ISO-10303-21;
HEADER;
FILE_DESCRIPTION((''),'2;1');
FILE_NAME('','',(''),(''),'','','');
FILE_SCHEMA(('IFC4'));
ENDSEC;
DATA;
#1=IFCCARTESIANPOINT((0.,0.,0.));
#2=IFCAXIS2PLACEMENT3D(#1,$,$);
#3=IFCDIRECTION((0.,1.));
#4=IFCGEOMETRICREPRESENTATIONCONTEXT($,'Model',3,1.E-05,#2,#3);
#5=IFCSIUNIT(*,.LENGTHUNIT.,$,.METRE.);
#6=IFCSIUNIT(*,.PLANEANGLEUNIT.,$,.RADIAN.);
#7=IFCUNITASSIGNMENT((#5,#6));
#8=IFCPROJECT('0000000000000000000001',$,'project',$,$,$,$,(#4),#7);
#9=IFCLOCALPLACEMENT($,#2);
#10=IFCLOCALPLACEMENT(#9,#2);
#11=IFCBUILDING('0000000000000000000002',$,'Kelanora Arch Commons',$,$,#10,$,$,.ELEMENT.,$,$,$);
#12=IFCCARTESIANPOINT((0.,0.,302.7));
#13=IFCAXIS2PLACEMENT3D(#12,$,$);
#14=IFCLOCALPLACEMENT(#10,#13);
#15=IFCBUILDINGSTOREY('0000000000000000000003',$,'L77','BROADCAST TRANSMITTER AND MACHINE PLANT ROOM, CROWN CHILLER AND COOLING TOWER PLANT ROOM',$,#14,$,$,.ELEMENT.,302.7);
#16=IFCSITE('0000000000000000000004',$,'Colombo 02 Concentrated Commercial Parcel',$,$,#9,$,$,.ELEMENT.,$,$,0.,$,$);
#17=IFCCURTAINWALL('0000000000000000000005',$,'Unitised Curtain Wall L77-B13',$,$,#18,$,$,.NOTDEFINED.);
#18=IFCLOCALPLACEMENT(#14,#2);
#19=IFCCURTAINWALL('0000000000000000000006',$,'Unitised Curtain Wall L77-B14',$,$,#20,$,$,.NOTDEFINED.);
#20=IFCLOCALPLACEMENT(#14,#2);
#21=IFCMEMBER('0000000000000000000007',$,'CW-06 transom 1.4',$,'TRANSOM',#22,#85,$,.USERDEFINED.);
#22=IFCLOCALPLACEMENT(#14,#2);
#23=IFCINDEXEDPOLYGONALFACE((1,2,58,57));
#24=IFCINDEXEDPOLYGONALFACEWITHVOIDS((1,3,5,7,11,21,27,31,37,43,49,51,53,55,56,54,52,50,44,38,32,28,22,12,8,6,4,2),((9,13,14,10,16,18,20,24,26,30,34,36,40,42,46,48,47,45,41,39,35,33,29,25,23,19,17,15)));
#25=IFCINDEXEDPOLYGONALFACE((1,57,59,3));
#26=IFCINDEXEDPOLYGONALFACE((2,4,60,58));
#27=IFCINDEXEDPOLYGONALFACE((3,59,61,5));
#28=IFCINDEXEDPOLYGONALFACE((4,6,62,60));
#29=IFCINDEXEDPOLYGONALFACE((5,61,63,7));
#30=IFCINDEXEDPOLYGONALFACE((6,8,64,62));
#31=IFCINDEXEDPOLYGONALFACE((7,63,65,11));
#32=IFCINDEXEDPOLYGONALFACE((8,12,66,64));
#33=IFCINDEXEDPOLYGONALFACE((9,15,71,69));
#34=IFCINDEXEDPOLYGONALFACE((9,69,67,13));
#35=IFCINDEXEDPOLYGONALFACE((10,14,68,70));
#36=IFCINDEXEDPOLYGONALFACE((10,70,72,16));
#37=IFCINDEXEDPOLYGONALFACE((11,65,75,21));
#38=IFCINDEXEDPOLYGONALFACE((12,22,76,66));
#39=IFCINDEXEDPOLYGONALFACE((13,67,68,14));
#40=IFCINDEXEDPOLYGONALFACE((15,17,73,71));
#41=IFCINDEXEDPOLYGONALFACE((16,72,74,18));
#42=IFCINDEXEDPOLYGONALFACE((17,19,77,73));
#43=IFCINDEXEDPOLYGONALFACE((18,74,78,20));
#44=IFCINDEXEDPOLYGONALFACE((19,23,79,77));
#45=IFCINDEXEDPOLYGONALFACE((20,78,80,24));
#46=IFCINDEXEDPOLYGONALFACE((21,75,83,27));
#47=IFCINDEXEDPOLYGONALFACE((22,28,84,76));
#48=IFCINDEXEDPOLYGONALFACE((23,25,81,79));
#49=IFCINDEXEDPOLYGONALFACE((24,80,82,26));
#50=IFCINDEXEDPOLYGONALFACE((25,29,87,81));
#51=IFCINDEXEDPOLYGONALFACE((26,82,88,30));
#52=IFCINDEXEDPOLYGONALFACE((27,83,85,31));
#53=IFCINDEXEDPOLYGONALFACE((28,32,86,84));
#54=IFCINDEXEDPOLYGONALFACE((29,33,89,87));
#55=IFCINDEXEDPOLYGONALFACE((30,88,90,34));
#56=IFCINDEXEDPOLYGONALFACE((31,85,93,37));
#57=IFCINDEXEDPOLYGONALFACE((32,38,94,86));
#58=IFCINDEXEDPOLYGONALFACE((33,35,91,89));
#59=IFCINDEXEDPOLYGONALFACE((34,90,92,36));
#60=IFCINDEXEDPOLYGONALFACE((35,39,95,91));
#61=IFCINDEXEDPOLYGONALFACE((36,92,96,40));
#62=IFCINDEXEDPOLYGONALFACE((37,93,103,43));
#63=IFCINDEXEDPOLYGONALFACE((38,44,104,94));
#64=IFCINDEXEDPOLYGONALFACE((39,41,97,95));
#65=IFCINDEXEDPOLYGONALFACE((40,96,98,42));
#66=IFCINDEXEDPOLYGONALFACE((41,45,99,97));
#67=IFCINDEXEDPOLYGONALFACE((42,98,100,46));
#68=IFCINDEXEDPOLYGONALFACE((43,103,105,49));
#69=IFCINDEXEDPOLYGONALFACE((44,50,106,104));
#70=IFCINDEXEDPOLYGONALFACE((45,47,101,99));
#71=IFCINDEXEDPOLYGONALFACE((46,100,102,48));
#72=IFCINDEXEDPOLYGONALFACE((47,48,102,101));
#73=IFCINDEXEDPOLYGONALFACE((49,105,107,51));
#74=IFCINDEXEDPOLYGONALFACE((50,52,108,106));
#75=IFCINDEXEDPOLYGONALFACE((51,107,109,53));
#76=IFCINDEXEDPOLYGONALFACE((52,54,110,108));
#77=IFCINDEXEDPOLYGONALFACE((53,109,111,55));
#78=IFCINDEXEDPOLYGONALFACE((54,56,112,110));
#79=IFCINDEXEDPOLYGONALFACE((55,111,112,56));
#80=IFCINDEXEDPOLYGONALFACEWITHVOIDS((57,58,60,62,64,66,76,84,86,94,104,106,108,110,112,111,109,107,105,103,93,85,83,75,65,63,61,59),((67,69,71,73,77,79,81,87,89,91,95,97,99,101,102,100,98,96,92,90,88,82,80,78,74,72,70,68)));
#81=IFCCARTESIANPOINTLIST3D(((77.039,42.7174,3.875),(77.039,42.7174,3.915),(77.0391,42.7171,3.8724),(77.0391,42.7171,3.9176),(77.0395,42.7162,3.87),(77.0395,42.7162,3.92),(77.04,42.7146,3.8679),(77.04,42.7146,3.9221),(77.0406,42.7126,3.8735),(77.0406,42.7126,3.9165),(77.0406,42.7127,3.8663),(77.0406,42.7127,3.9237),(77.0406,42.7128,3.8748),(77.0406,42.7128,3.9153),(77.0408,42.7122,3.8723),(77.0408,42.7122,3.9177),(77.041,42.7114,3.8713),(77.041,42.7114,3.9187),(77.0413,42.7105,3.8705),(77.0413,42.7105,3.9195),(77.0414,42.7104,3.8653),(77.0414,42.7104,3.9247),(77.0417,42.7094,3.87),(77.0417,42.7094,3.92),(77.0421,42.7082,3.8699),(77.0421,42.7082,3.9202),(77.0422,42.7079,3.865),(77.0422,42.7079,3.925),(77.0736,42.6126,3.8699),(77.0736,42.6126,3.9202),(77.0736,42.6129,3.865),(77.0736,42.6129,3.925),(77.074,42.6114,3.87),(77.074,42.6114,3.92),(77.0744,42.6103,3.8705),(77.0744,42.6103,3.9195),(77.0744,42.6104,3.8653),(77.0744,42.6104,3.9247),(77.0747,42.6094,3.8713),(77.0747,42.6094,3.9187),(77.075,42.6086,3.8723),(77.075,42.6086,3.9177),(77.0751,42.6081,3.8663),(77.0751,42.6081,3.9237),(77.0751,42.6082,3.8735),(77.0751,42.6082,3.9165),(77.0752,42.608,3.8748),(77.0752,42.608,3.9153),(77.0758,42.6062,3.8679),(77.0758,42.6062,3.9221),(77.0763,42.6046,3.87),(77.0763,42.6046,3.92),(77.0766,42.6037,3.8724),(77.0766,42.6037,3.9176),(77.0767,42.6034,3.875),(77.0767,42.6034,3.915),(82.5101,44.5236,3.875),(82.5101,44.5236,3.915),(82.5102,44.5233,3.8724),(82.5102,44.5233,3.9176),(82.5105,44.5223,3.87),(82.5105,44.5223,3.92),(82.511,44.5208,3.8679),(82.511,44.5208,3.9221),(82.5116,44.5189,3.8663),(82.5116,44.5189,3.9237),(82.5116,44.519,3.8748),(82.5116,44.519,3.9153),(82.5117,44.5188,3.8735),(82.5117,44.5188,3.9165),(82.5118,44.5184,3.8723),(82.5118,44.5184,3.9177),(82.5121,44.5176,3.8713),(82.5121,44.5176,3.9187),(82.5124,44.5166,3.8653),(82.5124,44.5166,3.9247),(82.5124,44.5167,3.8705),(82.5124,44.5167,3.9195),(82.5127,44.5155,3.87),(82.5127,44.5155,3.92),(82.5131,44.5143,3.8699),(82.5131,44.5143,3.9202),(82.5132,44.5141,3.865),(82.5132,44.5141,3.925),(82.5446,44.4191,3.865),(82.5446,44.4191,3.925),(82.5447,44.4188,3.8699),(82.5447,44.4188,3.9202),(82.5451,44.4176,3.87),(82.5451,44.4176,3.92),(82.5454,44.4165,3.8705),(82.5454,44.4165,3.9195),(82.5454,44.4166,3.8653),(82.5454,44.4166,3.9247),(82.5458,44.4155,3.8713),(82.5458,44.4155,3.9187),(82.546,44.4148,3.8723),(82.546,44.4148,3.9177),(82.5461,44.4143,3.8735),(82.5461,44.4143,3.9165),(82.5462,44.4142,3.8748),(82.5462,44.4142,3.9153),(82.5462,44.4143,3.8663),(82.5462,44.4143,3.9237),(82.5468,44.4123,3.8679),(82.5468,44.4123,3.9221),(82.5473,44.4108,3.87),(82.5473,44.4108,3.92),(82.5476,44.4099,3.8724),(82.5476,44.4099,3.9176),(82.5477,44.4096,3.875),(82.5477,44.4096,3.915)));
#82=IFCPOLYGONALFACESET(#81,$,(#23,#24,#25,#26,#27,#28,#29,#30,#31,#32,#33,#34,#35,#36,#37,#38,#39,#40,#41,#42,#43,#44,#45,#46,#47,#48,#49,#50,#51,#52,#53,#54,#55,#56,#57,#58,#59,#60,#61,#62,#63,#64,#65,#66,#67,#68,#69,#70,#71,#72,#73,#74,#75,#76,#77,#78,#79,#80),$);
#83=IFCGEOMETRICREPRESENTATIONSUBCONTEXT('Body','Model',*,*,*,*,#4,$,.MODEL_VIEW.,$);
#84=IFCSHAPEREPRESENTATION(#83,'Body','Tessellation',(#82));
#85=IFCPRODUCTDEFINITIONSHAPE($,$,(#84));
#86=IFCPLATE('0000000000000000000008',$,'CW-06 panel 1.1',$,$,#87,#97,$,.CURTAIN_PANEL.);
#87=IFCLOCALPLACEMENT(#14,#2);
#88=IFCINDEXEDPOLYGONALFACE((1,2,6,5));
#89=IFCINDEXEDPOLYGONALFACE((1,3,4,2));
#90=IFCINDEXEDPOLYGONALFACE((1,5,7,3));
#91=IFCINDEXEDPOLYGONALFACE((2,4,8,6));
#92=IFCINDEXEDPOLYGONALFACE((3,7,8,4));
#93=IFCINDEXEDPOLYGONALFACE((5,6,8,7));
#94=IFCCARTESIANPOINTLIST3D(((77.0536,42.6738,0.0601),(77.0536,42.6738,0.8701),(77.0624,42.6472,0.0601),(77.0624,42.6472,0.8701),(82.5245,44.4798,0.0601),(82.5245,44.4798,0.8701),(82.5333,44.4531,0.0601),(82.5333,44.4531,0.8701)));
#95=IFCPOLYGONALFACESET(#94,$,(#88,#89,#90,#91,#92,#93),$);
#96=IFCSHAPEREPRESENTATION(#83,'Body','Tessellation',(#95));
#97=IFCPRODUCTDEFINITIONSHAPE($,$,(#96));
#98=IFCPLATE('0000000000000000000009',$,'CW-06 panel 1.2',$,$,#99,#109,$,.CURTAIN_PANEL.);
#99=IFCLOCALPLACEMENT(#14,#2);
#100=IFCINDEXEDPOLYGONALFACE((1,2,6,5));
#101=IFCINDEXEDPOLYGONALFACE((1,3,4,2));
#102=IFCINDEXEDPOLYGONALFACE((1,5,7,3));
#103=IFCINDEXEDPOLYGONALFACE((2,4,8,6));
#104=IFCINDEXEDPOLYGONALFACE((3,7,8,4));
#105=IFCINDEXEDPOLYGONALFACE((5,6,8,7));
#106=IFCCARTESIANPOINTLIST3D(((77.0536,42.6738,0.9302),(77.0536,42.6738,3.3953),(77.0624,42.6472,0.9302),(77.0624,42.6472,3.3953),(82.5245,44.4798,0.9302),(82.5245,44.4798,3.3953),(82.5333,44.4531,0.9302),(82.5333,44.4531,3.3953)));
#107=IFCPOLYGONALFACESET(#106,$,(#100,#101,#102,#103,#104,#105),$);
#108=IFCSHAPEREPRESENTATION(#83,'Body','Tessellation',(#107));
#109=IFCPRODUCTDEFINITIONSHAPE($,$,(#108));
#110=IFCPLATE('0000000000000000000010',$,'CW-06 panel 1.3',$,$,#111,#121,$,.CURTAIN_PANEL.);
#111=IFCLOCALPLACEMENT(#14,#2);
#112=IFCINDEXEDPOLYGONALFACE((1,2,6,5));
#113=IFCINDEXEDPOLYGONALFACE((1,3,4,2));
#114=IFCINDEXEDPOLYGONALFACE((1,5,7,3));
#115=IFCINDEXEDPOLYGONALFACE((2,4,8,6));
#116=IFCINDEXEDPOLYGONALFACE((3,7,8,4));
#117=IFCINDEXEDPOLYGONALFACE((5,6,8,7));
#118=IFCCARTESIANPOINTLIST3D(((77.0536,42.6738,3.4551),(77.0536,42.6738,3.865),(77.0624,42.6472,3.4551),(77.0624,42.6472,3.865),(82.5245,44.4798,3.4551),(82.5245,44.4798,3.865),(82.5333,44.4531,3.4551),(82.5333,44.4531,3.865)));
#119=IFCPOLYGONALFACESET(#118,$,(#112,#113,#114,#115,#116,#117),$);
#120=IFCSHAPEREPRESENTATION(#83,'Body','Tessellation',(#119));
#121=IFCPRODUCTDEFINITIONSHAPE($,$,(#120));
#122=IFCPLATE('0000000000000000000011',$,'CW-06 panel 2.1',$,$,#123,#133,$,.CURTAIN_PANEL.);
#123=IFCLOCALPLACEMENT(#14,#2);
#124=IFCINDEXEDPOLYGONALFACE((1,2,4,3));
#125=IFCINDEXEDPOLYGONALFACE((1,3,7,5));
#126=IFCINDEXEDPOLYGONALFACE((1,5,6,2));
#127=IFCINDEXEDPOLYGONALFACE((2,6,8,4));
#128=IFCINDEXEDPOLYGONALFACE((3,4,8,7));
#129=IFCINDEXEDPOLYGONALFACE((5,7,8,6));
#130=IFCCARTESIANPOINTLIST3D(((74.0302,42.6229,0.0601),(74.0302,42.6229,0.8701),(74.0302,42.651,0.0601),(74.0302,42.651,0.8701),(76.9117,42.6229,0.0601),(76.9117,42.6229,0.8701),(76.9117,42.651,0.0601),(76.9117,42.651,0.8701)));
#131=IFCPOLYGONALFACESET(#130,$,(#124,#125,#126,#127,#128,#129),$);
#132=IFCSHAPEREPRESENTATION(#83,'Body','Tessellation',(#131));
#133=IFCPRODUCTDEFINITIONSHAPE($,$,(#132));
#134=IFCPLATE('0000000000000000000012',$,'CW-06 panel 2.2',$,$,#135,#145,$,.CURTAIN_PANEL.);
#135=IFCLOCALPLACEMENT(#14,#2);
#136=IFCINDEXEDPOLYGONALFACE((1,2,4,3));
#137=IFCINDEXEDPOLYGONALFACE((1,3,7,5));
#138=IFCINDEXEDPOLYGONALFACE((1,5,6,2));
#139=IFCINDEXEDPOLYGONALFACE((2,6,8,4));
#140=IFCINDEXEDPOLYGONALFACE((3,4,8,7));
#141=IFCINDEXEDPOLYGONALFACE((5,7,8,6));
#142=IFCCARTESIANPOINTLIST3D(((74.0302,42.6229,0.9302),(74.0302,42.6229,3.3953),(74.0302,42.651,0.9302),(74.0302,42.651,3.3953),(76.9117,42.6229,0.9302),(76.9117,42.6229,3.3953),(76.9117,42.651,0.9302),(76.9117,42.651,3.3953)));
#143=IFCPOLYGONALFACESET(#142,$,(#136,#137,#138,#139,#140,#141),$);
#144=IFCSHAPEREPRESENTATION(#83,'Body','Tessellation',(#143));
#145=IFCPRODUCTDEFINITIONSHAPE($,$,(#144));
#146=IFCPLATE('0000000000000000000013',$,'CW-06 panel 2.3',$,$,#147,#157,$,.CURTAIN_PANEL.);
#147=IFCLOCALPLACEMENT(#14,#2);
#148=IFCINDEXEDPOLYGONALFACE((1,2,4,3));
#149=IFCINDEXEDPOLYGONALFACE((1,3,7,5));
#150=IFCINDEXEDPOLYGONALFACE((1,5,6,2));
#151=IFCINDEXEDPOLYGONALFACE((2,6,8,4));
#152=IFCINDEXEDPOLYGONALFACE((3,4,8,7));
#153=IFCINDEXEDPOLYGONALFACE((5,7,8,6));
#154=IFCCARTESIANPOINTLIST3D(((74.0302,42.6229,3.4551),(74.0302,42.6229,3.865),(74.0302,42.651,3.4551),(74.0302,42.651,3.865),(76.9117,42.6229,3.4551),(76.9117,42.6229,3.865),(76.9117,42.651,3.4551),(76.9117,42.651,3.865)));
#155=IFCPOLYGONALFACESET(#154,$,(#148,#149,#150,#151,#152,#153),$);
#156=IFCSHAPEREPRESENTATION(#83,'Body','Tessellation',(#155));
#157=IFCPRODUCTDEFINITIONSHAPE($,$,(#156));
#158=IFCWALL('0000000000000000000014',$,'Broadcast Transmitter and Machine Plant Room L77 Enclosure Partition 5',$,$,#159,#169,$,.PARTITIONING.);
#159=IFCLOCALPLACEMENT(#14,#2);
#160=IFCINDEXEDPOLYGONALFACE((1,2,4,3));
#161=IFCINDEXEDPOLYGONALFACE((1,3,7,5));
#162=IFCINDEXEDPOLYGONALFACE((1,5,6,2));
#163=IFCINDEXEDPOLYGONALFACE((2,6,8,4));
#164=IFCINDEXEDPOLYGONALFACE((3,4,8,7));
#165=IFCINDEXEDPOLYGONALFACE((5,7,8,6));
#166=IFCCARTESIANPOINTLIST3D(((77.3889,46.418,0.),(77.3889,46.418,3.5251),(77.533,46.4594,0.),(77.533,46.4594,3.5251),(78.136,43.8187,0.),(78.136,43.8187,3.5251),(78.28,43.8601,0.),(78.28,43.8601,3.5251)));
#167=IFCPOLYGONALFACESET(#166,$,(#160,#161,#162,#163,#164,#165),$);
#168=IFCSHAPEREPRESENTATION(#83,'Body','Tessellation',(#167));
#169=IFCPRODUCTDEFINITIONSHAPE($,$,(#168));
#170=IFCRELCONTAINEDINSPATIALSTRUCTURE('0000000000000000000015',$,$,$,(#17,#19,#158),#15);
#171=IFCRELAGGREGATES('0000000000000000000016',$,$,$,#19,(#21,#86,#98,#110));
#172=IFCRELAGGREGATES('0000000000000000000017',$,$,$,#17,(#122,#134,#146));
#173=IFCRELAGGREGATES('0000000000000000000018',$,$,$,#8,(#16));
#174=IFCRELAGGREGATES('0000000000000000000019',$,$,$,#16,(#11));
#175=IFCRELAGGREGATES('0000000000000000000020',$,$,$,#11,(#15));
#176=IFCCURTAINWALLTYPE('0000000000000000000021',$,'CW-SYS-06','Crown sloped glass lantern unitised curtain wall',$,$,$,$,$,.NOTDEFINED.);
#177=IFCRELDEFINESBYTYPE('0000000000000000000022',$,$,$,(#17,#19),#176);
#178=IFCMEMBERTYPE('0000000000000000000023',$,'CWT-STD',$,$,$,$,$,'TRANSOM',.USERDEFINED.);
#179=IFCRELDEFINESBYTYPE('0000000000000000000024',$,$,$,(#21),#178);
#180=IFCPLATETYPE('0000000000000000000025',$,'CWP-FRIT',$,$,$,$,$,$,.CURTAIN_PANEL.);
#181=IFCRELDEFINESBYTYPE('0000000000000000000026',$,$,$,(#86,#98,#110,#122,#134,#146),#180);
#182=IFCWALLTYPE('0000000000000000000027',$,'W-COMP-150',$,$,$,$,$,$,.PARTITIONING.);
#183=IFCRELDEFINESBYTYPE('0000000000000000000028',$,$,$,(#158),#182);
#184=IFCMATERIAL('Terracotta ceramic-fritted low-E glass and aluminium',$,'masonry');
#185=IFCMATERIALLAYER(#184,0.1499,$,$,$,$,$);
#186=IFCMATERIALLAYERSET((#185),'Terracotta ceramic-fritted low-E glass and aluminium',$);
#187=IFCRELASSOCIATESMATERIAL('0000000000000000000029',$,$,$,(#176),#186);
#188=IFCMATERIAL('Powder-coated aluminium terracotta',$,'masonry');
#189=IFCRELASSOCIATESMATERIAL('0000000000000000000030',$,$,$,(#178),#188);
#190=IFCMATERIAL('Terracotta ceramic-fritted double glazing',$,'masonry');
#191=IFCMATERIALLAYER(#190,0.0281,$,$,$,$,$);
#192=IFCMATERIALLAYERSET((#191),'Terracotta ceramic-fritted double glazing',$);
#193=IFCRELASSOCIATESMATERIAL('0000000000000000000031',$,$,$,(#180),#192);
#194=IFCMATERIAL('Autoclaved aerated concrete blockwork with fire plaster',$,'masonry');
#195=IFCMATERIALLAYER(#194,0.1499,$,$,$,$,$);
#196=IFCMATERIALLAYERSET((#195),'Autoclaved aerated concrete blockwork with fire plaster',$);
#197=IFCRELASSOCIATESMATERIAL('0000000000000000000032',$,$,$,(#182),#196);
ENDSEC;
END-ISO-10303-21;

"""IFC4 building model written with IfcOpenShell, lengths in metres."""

from ifc_helpers import new_model, si_unit, direction, frame, frame_2d, origin, origin_2d, place, context, subcontext, project, spatial, rectangle, hollow_rectangle, extrude, source, transform, mapped, material, layer, layer_set, material_profile, profile_set, type_object, element, aggregate, save


model = new_model("IFC4")

# Units and contexts
model_context = context("Model", 3, precision=1e-05, world=origin(), true_north=direction((0.0, 1.0)))
body_context = subcontext(model_context, "Body", "Model", "MODEL_VIEW")
ifc_project = project(units=[si_unit("LENGTHUNIT", "METRE"), si_unit("PLANEANGLEUNIT", "RADIAN")], contexts=[model_context])

# Site, building, storey
site_placement = place(None, origin())
site = spatial("IfcSite", under=ifc_project, at=site_placement, Name="Colombo 02 Concentrated Commercial Parcel", CompositionType="ELEMENT", RefElevation=0.0)
building_placement = place(site_placement, origin())
building = spatial("IfcBuilding", under=site, at=building_placement, Name="Kelanora Arch Commons", CompositionType="ELEMENT")
storey_placement = place(building_placement, frame((0.0, 0.0, 302.7)))
storey = spatial("IfcBuildingStorey", under=building, at=storey_placement, Name="L77", Description="BROADCAST TRANSMITTER AND MACHINE PLANT ROOM, CROWN CHILLER AND COOLING TOWER PLANT ROOM", CompositionType="ELEMENT", Elevation=302.7)

# Curtain wall
ifc_material_1 = material(Name="Terracotta ceramic-fritted low-E glass and aluminium", Category="masonry")
ifc_layer_1 = layer(ifc_material_1, 0.1499)
ifc_layer_set_1 = layer_set([ifc_layer_1], Name="Terracotta ceramic-fritted low-E glass and aluminium")
curtain_wall_type = type_object("IfcCurtainWallType", Name="CW-SYS-06", Description="Crown sloped glass lantern unitised curtain wall", PredefinedType="NOTDEFINED", material=ifc_layer_set_1)
curtain_wall_1_placement = place(storey_placement, origin())
curtain_wall_1 = element("IfcCurtainWall", 1, at=curtain_wall_1_placement, inside=storey, type_object=curtain_wall_type, Name="Unitised Curtain Wall L77-B13", PredefinedType="NOTDEFINED")
ifc_material_2 = material(Name="Powder-coated aluminium terracotta", Category="masonry")

# Curtain wall
curtain_wall_2_placement = place(storey_placement, origin())
curtain_wall_2 = element("IfcCurtainWall", 2, at=curtain_wall_2_placement, inside=storey, type_object=curtain_wall_type, Name="Unitised Curtain Wall L77-B14", PredefinedType="NOTDEFINED")

# Member
ifc_material_profile_1 = material_profile(ifc_material_2, hollow_rectangle(XDim=0.1201, YDim=0.0601, WallThickness=0.0049, InnerFilletRadius=0.0049, OuterFilletRadius=0.01, at=origin_2d()), Name="CWT120x60")
ifc_profile_set_1 = profile_set([ifc_material_profile_1], Name="Powder-coated aluminium terracotta")
member_type_1 = type_object("IfcMemberType", Name="CWT-STD", ElementType="TRANSOM", PredefinedType="USERDEFINED", material=ifc_profile_set_1)
member_1_placement = place(storey_placement, frame((77.0579, 42.6604, 3.895), z_axis=(0.94959, 0.313493, 0.0), x_axis=(-0.313493, 0.94959, 0.0)))
member_1 = element("IfcMember", 3, at=member_1_placement, type_object=member_type_1, Name="CW-06 transom 1.4", ObjectType="TRANSOM", PredefinedType="USERDEFINED", context=body_context, shape_type="SweptSolid", body=[
    extrude(hollow_rectangle(XDim=0.1201, YDim=0.0601, WallThickness=0.0049, InnerFilletRadius=0.0049, OuterFilletRadius=0.01, at=origin_2d()), origin(), (0.0, 0.0, 1.0), 5.7615),
])

# Plates
ifc_material_3 = material(Name="Terracotta ceramic-fritted double glazing", Category="masonry")
ifc_layer_2 = layer(ifc_material_3, 0.0281)
ifc_layer_set_2 = layer_set([ifc_layer_2], Name="Terracotta ceramic-fritted double glazing")
plate_type = type_object("IfcPlateType", Name="CWP-FRIT", PredefinedType="CURTAIN_PANEL", material=ifc_layer_set_2)
shared_shape_1 = source(origin(), body_context, "Body", "SweptSolid", [
    extrude(rectangle(XDim=5.7612, YDim=0.0281, at=origin_2d()), origin(), (0.0, 0.0, 1.0), 0.8101),
])
plate_1_placement = place(storey_placement, frame((79.7935, 43.5635, 0.0601), z_axis=(0.0, 0.0, 1.0), x_axis=(0.949599, 0.313467, 0.0)))
plate_1 = element("IfcPlate", 4, at=plate_1_placement, type_object=plate_type, Name="CW-06 panel 1.1", PredefinedType="CURTAIN_PANEL", context=body_context, shape_type="MappedRepresentation", body=[
    mapped(shared_shape_1, transform((0.0, 0.0, 0.0), scale=1.0)),
])
shared_shape_2 = source(origin(), body_context, "Body", "SweptSolid", [
    extrude(rectangle(XDim=5.7612, YDim=0.0281, at=origin_2d()), origin(), (0.0, 0.0, 1.0), 2.4651),
])
plate_2_placement = place(storey_placement, frame((79.7935, 43.5635, 0.9302), z_axis=(0.0, 0.0, 1.0), x_axis=(0.949599, 0.313467, 0.0)))
plate_2 = element("IfcPlate", 5, at=plate_2_placement, type_object=plate_type, Name="CW-06 panel 1.2", PredefinedType="CURTAIN_PANEL", context=body_context, shape_type="MappedRepresentation", body=[
    mapped(shared_shape_2, transform((0.0, 0.0, 0.0), scale=1.0)),
])
shared_shape_3 = source(origin(), body_context, "Body", "SweptSolid", [
    extrude(rectangle(XDim=5.7612, YDim=0.0281, at=origin_2d()), origin(), (0.0, 0.0, 1.0), 0.4099),
])
plate_3_placement = place(storey_placement, frame((79.7935, 43.5635, 3.4551), z_axis=(0.0, 0.0, 1.0), x_axis=(0.949599, 0.313467, 0.0)))
plate_3 = element("IfcPlate", 6, at=plate_3_placement, type_object=plate_type, Name="CW-06 panel 1.3", PredefinedType="CURTAIN_PANEL", context=body_context, shape_type="MappedRepresentation", body=[
    mapped(shared_shape_3, transform((0.0, 0.0, 0.0), scale=1.0)),
])
aggregate(curtain_wall_2, [member_1, plate_1, plate_2, plate_3])
shared_shape_4 = source(origin(), body_context, "Body", "SweptSolid", [
    extrude(rectangle(XDim=2.8816, YDim=0.0281, at=origin_2d()), origin(), (0.0, 0.0, 1.0), 0.8101),
])
plate_4_placement = place(storey_placement, frame((75.4709, 42.637, 0.0601), z_axis=(0.0, 0.0, 1.0), x_axis=(1.0, 0.0, 0.0)))
plate_4 = element("IfcPlate", 7, at=plate_4_placement, type_object=plate_type, Name="CW-06 panel 2.1", PredefinedType="CURTAIN_PANEL", context=body_context, shape_type="MappedRepresentation", body=[
    mapped(shared_shape_4, transform((0.0, 0.0, 0.0), scale=1.0)),
])
shared_shape_5 = source(origin(), body_context, "Body", "SweptSolid", [
    extrude(rectangle(XDim=2.8816, YDim=0.0281, at=origin_2d()), origin(), (0.0, 0.0, 1.0), 2.4651),
])
plate_5_placement = place(storey_placement, frame((75.4709, 42.637, 0.9302), z_axis=(0.0, 0.0, 1.0), x_axis=(1.0, 0.0, 0.0)))
plate_5 = element("IfcPlate", 8, at=plate_5_placement, type_object=plate_type, Name="CW-06 panel 2.2", PredefinedType="CURTAIN_PANEL", context=body_context, shape_type="MappedRepresentation", body=[
    mapped(shared_shape_5, transform((0.0, 0.0, 0.0), scale=1.0)),
])
shared_shape_6 = source(origin(), body_context, "Body", "SweptSolid", [
    extrude(rectangle(XDim=2.8816, YDim=0.0281, at=origin_2d()), origin(), (0.0, 0.0, 1.0), 0.4099),
])
plate_6_placement = place(storey_placement, frame((75.4709, 42.637, 3.4551), z_axis=(0.0, 0.0, 1.0), x_axis=(1.0, 0.0, 0.0)))
plate_6 = element("IfcPlate", 9, at=plate_6_placement, type_object=plate_type, Name="CW-06 panel 2.3", PredefinedType="CURTAIN_PANEL", context=body_context, shape_type="MappedRepresentation", body=[
    mapped(shared_shape_6, transform((0.0, 0.0, 0.0), scale=1.0)),
])
aggregate(curtain_wall_1, [plate_4, plate_5, plate_6])

# Wall
ifc_material_4 = material(Name="Autoclaved aerated concrete blockwork with fire plaster", Category="masonry")
ifc_layer_3 = layer(ifc_material_4, 0.1499)
ifc_layer_set_3 = layer_set([ifc_layer_3], Name="Autoclaved aerated concrete blockwork with fire plaster")
wall_type = type_object("IfcWallType", Name="W-COMP-150", PredefinedType="PARTITIONING", material=ifc_layer_set_3)
wall_placement = place(storey_placement, frame((77.4609, 46.4387, 0.0), z_axis=(0.0, 0.0, 1.0), x_axis=(0.276223, -0.961094, 0.0)))
element("IfcWall", 10, at=wall_placement, inside=storey, type_object=wall_type, Name="Broadcast Transmitter and Machine Plant Room L77 Enclosure Partition 5", PredefinedType="PARTITIONING", context=body_context, shape_type="SweptSolid", body=[
    extrude(rectangle(XDim=2.7046, YDim=0.1499, at=frame_2d((1.3523, 0.0))), origin(), (0.0, 0.0, 1.0), 3.5251),
])

save(model, "model.ifc")
